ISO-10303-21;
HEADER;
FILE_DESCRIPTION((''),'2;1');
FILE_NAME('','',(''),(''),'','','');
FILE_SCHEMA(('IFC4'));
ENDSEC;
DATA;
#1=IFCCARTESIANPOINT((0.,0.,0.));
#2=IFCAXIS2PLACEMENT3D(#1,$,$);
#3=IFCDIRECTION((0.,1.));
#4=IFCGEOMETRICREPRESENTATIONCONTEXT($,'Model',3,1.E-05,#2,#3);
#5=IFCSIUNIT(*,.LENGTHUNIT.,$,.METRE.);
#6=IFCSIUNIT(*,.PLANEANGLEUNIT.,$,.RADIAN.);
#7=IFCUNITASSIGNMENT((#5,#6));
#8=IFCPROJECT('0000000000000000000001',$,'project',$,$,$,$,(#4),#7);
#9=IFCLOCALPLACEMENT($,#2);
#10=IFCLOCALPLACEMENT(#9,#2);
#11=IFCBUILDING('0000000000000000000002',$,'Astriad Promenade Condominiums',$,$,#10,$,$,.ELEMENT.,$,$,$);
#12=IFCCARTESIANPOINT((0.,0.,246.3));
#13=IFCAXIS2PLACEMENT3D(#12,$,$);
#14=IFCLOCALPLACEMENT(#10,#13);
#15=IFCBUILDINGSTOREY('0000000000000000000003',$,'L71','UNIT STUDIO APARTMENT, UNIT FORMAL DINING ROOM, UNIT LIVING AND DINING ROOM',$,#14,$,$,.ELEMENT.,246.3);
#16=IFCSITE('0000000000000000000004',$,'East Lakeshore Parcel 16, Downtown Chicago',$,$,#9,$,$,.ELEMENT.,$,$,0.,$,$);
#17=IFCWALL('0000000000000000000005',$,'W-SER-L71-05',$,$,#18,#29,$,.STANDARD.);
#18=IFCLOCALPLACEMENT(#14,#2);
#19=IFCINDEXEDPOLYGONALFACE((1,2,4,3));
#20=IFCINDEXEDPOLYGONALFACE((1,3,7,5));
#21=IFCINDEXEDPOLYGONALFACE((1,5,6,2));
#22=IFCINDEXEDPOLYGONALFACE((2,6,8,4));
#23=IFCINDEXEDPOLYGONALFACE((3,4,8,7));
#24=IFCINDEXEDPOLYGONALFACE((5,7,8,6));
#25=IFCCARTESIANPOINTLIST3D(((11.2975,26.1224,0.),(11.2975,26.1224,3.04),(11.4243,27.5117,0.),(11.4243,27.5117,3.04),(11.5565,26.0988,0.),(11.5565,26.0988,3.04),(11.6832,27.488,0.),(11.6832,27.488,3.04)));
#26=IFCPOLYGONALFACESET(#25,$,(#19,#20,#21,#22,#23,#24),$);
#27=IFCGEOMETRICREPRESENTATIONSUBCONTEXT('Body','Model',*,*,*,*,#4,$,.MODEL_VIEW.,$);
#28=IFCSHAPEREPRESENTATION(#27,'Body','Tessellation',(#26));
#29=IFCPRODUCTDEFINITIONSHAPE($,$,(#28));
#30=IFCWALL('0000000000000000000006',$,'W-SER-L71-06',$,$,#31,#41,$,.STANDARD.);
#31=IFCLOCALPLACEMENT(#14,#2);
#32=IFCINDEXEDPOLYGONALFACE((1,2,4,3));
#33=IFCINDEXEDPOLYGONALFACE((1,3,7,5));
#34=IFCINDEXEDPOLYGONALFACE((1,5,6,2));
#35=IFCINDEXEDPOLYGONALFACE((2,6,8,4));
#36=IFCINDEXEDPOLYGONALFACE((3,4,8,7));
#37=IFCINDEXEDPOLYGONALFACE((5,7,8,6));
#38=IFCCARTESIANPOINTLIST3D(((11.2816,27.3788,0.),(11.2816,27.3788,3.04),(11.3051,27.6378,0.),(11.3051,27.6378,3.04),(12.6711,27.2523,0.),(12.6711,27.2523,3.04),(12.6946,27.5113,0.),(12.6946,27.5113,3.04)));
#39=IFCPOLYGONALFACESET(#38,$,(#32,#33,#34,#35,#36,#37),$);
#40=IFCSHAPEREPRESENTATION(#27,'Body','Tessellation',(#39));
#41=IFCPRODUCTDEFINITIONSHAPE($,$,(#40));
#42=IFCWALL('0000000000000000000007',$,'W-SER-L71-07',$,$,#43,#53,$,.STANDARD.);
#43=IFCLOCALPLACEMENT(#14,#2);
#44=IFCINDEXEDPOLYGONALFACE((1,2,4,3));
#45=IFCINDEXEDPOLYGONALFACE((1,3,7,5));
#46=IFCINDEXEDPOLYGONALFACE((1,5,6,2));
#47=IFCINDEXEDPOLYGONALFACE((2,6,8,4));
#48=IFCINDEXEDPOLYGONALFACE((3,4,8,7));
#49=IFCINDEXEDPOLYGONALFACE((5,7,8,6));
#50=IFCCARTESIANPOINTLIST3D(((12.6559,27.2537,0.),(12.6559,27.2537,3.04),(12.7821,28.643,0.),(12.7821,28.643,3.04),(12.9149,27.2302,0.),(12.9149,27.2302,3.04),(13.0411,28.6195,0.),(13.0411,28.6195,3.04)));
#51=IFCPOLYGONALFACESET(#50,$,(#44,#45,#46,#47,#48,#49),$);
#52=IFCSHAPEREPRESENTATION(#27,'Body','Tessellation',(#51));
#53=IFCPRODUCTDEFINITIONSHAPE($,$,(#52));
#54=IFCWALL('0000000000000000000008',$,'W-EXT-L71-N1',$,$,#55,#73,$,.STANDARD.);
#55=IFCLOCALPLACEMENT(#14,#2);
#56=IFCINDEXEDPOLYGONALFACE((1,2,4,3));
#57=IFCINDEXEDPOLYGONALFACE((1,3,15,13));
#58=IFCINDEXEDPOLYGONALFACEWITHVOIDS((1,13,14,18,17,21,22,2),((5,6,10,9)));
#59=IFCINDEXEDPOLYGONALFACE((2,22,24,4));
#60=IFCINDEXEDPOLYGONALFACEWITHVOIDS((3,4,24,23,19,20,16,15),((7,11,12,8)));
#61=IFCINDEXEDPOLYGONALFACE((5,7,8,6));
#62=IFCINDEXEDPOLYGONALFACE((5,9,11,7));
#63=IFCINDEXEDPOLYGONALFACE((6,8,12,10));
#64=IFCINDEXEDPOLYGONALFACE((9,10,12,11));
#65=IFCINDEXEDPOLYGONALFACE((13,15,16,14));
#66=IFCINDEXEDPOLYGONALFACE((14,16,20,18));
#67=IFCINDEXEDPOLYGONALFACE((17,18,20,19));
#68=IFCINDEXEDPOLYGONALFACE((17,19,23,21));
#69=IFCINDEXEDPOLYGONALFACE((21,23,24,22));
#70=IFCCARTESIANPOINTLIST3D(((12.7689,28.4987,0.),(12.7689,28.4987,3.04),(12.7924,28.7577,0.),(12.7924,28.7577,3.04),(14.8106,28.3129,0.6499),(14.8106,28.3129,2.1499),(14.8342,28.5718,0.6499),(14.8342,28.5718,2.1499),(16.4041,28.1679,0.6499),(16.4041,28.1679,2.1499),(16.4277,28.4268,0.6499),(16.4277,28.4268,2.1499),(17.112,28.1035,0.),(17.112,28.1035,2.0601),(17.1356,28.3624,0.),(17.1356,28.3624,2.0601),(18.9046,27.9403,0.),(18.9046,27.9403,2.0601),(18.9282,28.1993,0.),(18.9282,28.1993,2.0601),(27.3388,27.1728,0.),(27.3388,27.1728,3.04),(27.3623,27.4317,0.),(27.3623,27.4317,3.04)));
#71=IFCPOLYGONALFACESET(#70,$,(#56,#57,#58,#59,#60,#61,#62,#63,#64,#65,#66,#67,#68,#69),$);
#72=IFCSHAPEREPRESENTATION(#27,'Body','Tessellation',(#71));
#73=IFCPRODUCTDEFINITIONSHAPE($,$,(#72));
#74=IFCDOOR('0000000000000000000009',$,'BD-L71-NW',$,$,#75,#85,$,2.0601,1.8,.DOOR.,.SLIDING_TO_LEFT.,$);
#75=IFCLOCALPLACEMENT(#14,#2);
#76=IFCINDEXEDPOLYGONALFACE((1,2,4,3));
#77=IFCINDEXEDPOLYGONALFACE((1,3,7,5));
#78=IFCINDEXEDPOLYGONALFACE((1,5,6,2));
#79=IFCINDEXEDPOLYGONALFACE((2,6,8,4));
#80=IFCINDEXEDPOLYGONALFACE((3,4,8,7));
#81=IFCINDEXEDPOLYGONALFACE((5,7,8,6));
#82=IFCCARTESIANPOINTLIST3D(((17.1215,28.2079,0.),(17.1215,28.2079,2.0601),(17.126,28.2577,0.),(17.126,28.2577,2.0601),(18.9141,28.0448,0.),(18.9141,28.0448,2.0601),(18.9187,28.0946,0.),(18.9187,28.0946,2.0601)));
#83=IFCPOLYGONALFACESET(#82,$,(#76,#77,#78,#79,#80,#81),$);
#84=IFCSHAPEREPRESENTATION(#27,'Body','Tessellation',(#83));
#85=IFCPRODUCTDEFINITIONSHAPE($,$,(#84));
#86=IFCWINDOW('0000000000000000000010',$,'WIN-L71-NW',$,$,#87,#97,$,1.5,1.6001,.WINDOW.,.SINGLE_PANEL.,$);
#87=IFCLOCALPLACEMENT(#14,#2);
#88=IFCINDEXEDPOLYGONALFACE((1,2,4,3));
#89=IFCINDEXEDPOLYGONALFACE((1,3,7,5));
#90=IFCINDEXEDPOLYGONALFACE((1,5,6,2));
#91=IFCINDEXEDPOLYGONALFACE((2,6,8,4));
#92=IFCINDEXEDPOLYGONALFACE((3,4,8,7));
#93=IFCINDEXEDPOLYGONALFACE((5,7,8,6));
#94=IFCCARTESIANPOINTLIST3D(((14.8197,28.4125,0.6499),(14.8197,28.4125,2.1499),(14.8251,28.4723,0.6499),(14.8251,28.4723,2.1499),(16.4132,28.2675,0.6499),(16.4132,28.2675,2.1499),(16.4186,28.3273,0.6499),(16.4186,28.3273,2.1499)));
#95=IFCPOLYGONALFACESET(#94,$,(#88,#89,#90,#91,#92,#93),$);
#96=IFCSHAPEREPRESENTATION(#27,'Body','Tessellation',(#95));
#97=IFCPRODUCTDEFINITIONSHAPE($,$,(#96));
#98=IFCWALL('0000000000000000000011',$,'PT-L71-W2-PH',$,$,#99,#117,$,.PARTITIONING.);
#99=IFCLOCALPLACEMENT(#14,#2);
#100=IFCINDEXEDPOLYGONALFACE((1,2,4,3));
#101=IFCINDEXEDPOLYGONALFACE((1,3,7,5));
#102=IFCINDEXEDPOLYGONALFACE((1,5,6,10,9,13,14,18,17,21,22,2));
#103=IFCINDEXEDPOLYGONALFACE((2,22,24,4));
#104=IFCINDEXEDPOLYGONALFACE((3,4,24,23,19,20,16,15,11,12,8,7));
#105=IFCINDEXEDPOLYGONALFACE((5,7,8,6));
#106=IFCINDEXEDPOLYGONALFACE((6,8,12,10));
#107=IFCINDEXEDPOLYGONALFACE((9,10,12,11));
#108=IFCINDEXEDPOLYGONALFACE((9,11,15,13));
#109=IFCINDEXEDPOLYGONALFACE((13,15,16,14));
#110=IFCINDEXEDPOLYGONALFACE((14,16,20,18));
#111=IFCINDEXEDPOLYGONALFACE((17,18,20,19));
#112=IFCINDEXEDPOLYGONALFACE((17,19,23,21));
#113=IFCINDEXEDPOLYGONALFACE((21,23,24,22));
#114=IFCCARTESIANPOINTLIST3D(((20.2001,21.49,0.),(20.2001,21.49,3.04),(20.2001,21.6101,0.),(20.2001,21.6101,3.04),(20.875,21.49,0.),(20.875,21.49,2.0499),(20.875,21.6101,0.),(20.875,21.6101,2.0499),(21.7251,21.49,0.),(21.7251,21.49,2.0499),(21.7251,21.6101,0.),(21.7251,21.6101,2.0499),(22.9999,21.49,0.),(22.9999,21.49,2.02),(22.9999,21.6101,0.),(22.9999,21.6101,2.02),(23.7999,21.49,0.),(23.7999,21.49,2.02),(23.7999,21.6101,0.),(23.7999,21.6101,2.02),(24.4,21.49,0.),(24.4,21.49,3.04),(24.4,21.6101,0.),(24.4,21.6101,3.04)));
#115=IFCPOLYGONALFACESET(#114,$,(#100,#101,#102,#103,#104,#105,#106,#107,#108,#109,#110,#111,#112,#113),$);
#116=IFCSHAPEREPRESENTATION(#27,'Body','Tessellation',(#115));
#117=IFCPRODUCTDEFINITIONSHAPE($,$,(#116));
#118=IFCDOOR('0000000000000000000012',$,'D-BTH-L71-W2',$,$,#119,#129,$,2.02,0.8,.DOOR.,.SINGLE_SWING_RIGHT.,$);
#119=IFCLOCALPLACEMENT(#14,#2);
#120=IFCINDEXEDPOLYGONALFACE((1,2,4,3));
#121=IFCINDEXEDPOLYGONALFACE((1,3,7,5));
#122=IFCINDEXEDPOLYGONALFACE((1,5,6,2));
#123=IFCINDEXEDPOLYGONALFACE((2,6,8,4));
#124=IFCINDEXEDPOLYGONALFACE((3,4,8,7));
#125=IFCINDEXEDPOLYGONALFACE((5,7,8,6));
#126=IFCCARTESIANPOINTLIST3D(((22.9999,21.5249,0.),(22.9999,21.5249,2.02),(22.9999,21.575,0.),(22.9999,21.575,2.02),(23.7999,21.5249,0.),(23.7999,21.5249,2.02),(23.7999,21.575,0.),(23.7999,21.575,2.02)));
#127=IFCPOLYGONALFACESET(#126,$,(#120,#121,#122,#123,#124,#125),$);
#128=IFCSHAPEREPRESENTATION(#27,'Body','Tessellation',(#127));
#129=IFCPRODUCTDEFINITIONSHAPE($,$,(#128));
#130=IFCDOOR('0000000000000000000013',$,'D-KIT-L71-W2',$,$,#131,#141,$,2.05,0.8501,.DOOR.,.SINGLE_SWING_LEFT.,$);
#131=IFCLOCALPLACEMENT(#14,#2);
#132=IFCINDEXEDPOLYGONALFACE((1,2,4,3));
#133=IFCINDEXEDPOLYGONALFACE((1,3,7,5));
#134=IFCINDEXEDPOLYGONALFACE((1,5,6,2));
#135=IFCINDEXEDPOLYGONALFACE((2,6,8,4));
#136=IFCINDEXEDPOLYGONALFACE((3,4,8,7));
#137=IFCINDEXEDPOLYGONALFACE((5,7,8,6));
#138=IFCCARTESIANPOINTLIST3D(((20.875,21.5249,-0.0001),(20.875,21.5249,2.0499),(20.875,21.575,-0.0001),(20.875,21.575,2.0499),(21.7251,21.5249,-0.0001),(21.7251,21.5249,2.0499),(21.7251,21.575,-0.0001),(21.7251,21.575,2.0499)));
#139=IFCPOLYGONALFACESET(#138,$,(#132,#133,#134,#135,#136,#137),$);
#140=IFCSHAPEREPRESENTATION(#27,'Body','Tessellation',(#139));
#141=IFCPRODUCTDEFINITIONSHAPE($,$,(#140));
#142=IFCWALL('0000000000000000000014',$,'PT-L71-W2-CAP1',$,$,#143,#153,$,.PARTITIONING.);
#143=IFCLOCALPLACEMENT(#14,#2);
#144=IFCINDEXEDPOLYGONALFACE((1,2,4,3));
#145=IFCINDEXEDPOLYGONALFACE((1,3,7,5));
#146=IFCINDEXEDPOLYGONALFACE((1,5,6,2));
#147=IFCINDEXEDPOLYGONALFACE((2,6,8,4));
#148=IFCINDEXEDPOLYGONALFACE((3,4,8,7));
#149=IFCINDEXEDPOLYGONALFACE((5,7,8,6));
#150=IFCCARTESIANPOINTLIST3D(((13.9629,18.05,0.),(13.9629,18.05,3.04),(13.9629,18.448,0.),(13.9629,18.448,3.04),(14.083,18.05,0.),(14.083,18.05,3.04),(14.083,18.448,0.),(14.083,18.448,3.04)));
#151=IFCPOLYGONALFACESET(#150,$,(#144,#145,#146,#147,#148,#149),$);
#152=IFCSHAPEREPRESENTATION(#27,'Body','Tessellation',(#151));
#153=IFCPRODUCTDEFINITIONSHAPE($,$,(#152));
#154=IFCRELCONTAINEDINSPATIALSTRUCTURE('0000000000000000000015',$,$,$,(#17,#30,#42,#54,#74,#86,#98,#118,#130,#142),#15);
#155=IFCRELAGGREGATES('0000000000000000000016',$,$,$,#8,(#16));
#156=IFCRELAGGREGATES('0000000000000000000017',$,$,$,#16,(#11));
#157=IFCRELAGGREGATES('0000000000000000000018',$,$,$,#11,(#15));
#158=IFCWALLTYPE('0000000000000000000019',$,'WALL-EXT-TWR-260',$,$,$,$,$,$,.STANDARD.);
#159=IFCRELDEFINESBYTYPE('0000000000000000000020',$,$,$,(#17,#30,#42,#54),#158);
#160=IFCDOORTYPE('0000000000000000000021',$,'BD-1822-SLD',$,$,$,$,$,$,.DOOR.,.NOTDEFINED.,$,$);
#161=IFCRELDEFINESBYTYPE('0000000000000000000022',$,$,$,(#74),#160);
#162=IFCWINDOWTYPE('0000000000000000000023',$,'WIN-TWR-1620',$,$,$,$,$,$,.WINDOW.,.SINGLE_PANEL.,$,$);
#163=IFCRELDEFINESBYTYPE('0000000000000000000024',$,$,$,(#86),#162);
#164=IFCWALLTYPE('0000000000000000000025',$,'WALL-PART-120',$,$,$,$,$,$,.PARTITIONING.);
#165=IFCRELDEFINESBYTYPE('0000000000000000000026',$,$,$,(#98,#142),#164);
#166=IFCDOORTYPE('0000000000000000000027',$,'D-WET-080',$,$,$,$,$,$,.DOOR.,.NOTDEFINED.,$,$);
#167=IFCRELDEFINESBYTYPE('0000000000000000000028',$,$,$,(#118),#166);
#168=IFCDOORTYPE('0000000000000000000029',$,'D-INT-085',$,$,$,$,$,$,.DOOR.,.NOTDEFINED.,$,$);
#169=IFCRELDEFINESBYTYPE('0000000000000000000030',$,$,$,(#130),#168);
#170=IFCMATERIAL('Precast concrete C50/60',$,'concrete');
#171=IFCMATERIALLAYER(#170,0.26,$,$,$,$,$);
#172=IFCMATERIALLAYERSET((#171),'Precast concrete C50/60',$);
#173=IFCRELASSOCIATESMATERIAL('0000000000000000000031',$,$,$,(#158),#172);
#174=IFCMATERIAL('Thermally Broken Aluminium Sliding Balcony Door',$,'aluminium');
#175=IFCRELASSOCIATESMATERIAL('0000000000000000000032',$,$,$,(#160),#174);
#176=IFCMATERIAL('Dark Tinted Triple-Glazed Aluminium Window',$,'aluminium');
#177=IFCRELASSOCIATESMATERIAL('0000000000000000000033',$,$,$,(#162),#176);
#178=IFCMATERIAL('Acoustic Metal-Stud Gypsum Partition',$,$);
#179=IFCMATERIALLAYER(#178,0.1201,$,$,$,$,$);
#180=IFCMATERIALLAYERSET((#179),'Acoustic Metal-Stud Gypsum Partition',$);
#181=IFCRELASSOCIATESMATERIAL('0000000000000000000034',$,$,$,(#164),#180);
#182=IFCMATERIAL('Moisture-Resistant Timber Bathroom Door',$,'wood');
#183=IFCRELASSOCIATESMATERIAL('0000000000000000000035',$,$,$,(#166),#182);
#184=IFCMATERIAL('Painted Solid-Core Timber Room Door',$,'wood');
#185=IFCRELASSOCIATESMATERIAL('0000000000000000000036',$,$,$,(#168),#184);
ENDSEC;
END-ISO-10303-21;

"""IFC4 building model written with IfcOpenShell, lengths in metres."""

from ifc_helpers import new_model, si_unit, direction, frame, frame_2d, origin, place, context, subcontext, project, spatial, rectangle, extrude, source, transform, mapped, material, layer, layer_set, type_object, type_shapes, element, fill, save


model = new_model("IFC4")

# Units and contexts
model_context = context("Model", 3, precision=1e-05, world=origin(), true_north=direction((0.0, 1.0)))
body_context = subcontext(model_context, "Body", "Model", "MODEL_VIEW")
ifc_project = project(units=[si_unit("LENGTHUNIT", "METRE"), si_unit("PLANEANGLEUNIT", "RADIAN")], contexts=[model_context])

# Site, building, storey
site_placement = place(None, origin())
site = spatial("IfcSite", under=ifc_project, at=site_placement, Name="East Lakeshore Parcel 16, Downtown Chicago", CompositionType="ELEMENT", RefElevation=0.0)
building_placement = place(site_placement, origin())
building = spatial("IfcBuilding", under=site, at=building_placement, Name="Astriad Promenade Condominiums", CompositionType="ELEMENT")
storey_placement = place(building_placement, frame((0.0, 0.0, 246.3)))
storey = spatial("IfcBuildingStorey", under=building, at=storey_placement, Name="L71", Description="UNIT STUDIO APARTMENT, UNIT FORMAL DINING ROOM, UNIT LIVING AND DINING ROOM", CompositionType="ELEMENT", Elevation=246.3)

# Walls
ifc_material_1 = material(Name="Precast concrete C50/60", Category="concrete")
ifc_layer_1 = layer(ifc_material_1, 0.26)
ifc_layer_set_1 = layer_set([ifc_layer_1], Name="Precast concrete C50/60")
wall_type_1 = type_object("IfcWallType", Name="WALL-EXT-TWR-260", PredefinedType="STANDARD", material=ifc_layer_set_1)
wall_1_placement = place(storey_placement, frame((11.427, 26.1106, 0.0), z_axis=(0.0, 0.0, 1.0), x_axis=(0.090836, 0.995866, 0.0)))
element("IfcWall", 1, at=wall_1_placement, inside=storey, type_object=wall_type_1, Name="W-SER-L71-05", PredefinedType="STANDARD", context=body_context, shape_type="SweptSolid", body=[
    extrude(rectangle(XDim=1.395, YDim=0.26, at=frame_2d((0.6975, 0.0))), origin(), (0.0, 0.0, 1.0), 3.04),
])
wall_2_placement = place(storey_placement, frame((11.2932, 27.5083, 0.0), z_axis=(0.0, 0.0, 1.0), x_axis=(0.995883, -0.090646, 0.0)))
element("IfcWall", 2, at=wall_2_placement, inside=storey, type_object=wall_type_1, Name="W-SER-L71-06", PredefinedType="STANDARD", context=body_context, shape_type="SweptSolid", body=[
    extrude(rectangle(XDim=1.3953, YDim=0.26, at=frame_2d((0.6978, 0.0))), origin(), (0.0, 0.0, 1.0), 3.04),
])
wall_3_placement = place(storey_placement, frame((12.7854, 27.2419, 0.0), z_axis=(0.0, 0.0, 1.0), x_axis=(0.090473, 0.995899, 0.0)))
element("IfcWall", 3, at=wall_3_placement, inside=storey, type_object=wall_type_1, Name="W-SER-L71-07", PredefinedType="STANDARD", context=body_context, shape_type="SweptSolid", body=[
    extrude(rectangle(XDim=1.395, YDim=0.26, at=frame_2d((0.6975, 0.0))), origin(), (0.0, 0.0, 1.0), 3.04),
])

# Wall, openings, door, window
wall_4_placement = place(storey_placement, frame((12.7808, 28.6282, 0.0), z_axis=(0.0, 0.0, 1.0), x_axis=(0.995885, -0.090631, 0.0)))
wall_4 = element("IfcWall", 4, at=wall_4_placement, inside=storey, type_object=wall_type_1, Name="W-EXT-L71-N1", PredefinedType="STANDARD", context=body_context, shape_type="SweptSolid", body=[
    extrude(rectangle(XDim=14.6301, YDim=0.26, at=frame_2d((7.3149, 0.0))), origin(), (0.0, 0.0, 1.0), 3.04),
])
opening_1_placement = place(wall_4_placement, frame((4.3611, 0.0, 0.0)))
opening_1 = element("IfcOpeningElement", 5, at=opening_1_placement, cuts=wall_4, PredefinedType="OPENING", context=body_context, shape_type="SweptSolid", body=[
    extrude(rectangle(XDim=1.8, YDim=2.0601, at=frame_2d((0.8999, 1.03))), frame((0.0, 0.1399, 0.0), z_axis=(0.0, -1.0, 0.0), x_axis=(1.0, 0.0, 0.0)), (0.0, 0.0, 1.0), 0.28),
])
opening_2_placement = place(wall_4_placement, frame((2.05, 0.0, 0.6499)))
opening_2 = element("IfcOpeningElement", 6, at=opening_2_placement, cuts=wall_4, PredefinedType="OPENING", context=body_context, shape_type="SweptSolid", body=[
    extrude(rectangle(XDim=1.6001, YDim=1.5, at=frame_2d((0.8, 0.75))), frame((0.0, 0.1399, 0.0), z_axis=(0.0, -1.0, 0.0), x_axis=(1.0, 0.0, 0.0)), (0.0, 0.0, 1.0), 0.28),
])
ifc_material_2 = material(Name="Thermally Broken Aluminium Sliding Balcony Door", Category="aluminium")
door_type_1 = type_object("IfcDoorType", Name="BD-1822-SLD", OperationType="NOTDEFINED", PredefinedType="DOOR", material=ifc_material_2)
shared_shape_1 = source(origin(), body_context, "Body", "SweptSolid", [
    extrude(rectangle(XDim=1.8, YDim=2.0601, at=frame_2d((0.8999, 1.03))), frame((0.0, 0.0249, 0.0), z_axis=(0.0, -1.0, 0.0), x_axis=(1.0, 0.0, 0.0)), (0.0, 0.0, 1.0), 0.05),
])
type_shapes(door_type_1, [shared_shape_1])
door_1_placement = place(opening_1_placement, origin())
door_1 = element("IfcDoor", 7, at=door_1_placement, inside=storey, type_object=door_type_1, Name="BD-L71-NW", OperationType="SLIDING_TO_LEFT", OverallHeight=2.0601, OverallWidth=1.8, PredefinedType="DOOR", context=body_context, shape_type="MappedRepresentation", body=[
    mapped(shared_shape_1, transform((0.0, 0.0, 0.0), scale=1.0)),
])
fill(opening_1, door_1)
ifc_material_3 = material(Name="Dark Tinted Triple-Glazed Aluminium Window", Category="aluminium")
window_type = type_object("IfcWindowType", Name="WIN-TWR-1620", PartitioningType="SINGLE_PANEL", PredefinedType="WINDOW", material=ifc_material_3)
shared_shape_2 = source(origin(), body_context, "Body", "SweptSolid", [
    extrude(rectangle(XDim=1.6001, YDim=1.5, at=frame_2d((0.8, 0.75))), frame((0.0, 0.03, 0.0), z_axis=(0.0, -1.0, 0.0), x_axis=(1.0, 0.0, 0.0)), (0.0, 0.0, 1.0), 0.0601),
])
type_shapes(window_type, [shared_shape_2])
window_placement = place(opening_2_placement, origin())
window = element("IfcWindow", 8, at=window_placement, inside=storey, type_object=window_type, Name="WIN-L71-NW", OverallHeight=1.5, OverallWidth=1.6001, PartitioningType="SINGLE_PANEL", PredefinedType="WINDOW", context=body_context, shape_type="MappedRepresentation", body=[
    mapped(shared_shape_2, transform((0.0, 0.0, 0.0), scale=1.0)),
])
fill(opening_2, window)

# Wall, openings, doors
ifc_material_4 = material(Name="Acoustic Metal-Stud Gypsum Partition")
ifc_layer_2 = layer(ifc_material_4, 0.1201)
ifc_layer_set_2 = layer_set([ifc_layer_2], Name="Acoustic Metal-Stud Gypsum Partition")
wall_type_2 = type_object("IfcWallType", Name="WALL-PART-120", PredefinedType="PARTITIONING", material=ifc_layer_set_2)
wall_5_placement = place(storey_placement, frame((20.2, 21.55, 0.0), z_axis=(0.0, 0.0, 1.0), x_axis=(1.0, 0.0, 0.0)))
wall_5 = element("IfcWall", 9, at=wall_5_placement, inside=storey, type_object=wall_type_2, Name="PT-L71-W2-PH", PredefinedType="PARTITIONING", context=body_context, shape_type="SweptSolid", body=[
    extrude(rectangle(XDim=4.2, YDim=0.1201, at=frame_2d((2.1001, 0.0))), origin(), (0.0, 0.0, 1.0), 3.04),
])
opening_3_placement = place(wall_5_placement, frame((0.675, 0.0, 0.0)))
opening_3 = element("IfcOpeningElement", 10, at=opening_3_placement, cuts=wall_5, PredefinedType="OPENING", context=body_context, shape_type="SweptSolid", body=[
    extrude(rectangle(XDim=0.8501, YDim=2.05, at=frame_2d((0.425, 1.0249))), frame((0.0, 0.0701, 0.0), z_axis=(0.0, -1.0, 0.0), x_axis=(1.0, 0.0, 0.0)), (0.0, 0.0, 1.0), 0.1401),
])
opening_4_placement = place(wall_5_placement, frame((2.8, 0.0, 0.0)))
opening_4 = element("IfcOpeningElement", 11, at=opening_4_placement, cuts=wall_5, PredefinedType="OPENING", context=body_context, shape_type="SweptSolid", body=[
    extrude(rectangle(XDim=0.8, YDim=2.02, at=frame_2d((0.3999, 1.01))), frame((0.0, 0.0701, 0.0), z_axis=(0.0, -1.0, 0.0), x_axis=(1.0, 0.0, 0.0)), (0.0, 0.0, 1.0), 0.1401),
])
ifc_material_5 = material(Name="Moisture-Resistant Timber Bathroom Door", Category="wood")
door_type_2 = type_object("IfcDoorType", Name="D-WET-080", OperationType="NOTDEFINED", PredefinedType="DOOR", material=ifc_material_5)
shared_shape_3 = source(origin(), body_context, "Body", "SweptSolid", [
    extrude(rectangle(XDim=0.8, YDim=2.02, at=frame_2d((0.3999, 1.01))), frame((0.0, 0.0249, 0.0), z_axis=(0.0, -1.0, 0.0), x_axis=(1.0, 0.0, 0.0)), (0.0, 0.0, 1.0), 0.05),
])
type_shapes(door_type_2, [shared_shape_3])
door_2_placement = place(opening_4_placement, origin())
door_2 = element("IfcDoor", 12, at=door_2_placement, inside=storey, type_object=door_type_2, Name="D-BTH-L71-W2", OperationType="SINGLE_SWING_RIGHT", OverallHeight=2.02, OverallWidth=0.8, PredefinedType="DOOR", context=body_context, shape_type="MappedRepresentation", body=[
    mapped(shared_shape_3, transform((0.0, 0.0, 0.0), scale=1.0)),
])
fill(opening_4, door_2)
ifc_material_6 = material(Name="Painted Solid-Core Timber Room Door", Category="wood")
door_type_3 = type_object("IfcDoorType", Name="D-INT-085", OperationType="NOTDEFINED", PredefinedType="DOOR", material=ifc_material_6)
shared_shape_4 = source(origin(), body_context, "Body", "SweptSolid", [
    extrude(rectangle(XDim=0.8501, YDim=2.05, at=frame_2d((0.425, 1.0249))), frame((0.0, 0.0249, 0.0), z_axis=(0.0, -1.0, 0.0), x_axis=(1.0, 0.0, 0.0)), (0.0, 0.0, 1.0), 0.05),
])
type_shapes(door_type_3, [shared_shape_4])
door_3_placement = place(opening_3_placement, origin())
door_3 = element("IfcDoor", 13, at=door_3_placement, inside=storey, type_object=door_type_3, Name="D-KIT-L71-W2", OperationType="SINGLE_SWING_LEFT", OverallHeight=2.05, OverallWidth=0.8501, PredefinedType="DOOR", context=body_context, shape_type="MappedRepresentation", body=[
    mapped(shared_shape_4, transform((0.0, 0.0, 0.0), scale=1.0)),
])
fill(opening_3, door_3)

# Wall
wall_6_placement = place(storey_placement, frame((14.0229, 18.05, 0.0), z_axis=(0.0, 0.0, 1.0), x_axis=(0.0, 1.0, 0.0)))
element("IfcWall", 14, at=wall_6_placement, inside=storey, type_object=wall_type_2, Name="PT-L71-W2-CAP1", PredefinedType="PARTITIONING", context=body_context, shape_type="SweptSolid", body=[
    extrude(rectangle(XDim=0.3979, YDim=0.1201, at=frame_2d((0.199, 0.0))), origin(), (0.0, 0.0, 1.0), 3.04),
])

save(model, "model.ifc")
